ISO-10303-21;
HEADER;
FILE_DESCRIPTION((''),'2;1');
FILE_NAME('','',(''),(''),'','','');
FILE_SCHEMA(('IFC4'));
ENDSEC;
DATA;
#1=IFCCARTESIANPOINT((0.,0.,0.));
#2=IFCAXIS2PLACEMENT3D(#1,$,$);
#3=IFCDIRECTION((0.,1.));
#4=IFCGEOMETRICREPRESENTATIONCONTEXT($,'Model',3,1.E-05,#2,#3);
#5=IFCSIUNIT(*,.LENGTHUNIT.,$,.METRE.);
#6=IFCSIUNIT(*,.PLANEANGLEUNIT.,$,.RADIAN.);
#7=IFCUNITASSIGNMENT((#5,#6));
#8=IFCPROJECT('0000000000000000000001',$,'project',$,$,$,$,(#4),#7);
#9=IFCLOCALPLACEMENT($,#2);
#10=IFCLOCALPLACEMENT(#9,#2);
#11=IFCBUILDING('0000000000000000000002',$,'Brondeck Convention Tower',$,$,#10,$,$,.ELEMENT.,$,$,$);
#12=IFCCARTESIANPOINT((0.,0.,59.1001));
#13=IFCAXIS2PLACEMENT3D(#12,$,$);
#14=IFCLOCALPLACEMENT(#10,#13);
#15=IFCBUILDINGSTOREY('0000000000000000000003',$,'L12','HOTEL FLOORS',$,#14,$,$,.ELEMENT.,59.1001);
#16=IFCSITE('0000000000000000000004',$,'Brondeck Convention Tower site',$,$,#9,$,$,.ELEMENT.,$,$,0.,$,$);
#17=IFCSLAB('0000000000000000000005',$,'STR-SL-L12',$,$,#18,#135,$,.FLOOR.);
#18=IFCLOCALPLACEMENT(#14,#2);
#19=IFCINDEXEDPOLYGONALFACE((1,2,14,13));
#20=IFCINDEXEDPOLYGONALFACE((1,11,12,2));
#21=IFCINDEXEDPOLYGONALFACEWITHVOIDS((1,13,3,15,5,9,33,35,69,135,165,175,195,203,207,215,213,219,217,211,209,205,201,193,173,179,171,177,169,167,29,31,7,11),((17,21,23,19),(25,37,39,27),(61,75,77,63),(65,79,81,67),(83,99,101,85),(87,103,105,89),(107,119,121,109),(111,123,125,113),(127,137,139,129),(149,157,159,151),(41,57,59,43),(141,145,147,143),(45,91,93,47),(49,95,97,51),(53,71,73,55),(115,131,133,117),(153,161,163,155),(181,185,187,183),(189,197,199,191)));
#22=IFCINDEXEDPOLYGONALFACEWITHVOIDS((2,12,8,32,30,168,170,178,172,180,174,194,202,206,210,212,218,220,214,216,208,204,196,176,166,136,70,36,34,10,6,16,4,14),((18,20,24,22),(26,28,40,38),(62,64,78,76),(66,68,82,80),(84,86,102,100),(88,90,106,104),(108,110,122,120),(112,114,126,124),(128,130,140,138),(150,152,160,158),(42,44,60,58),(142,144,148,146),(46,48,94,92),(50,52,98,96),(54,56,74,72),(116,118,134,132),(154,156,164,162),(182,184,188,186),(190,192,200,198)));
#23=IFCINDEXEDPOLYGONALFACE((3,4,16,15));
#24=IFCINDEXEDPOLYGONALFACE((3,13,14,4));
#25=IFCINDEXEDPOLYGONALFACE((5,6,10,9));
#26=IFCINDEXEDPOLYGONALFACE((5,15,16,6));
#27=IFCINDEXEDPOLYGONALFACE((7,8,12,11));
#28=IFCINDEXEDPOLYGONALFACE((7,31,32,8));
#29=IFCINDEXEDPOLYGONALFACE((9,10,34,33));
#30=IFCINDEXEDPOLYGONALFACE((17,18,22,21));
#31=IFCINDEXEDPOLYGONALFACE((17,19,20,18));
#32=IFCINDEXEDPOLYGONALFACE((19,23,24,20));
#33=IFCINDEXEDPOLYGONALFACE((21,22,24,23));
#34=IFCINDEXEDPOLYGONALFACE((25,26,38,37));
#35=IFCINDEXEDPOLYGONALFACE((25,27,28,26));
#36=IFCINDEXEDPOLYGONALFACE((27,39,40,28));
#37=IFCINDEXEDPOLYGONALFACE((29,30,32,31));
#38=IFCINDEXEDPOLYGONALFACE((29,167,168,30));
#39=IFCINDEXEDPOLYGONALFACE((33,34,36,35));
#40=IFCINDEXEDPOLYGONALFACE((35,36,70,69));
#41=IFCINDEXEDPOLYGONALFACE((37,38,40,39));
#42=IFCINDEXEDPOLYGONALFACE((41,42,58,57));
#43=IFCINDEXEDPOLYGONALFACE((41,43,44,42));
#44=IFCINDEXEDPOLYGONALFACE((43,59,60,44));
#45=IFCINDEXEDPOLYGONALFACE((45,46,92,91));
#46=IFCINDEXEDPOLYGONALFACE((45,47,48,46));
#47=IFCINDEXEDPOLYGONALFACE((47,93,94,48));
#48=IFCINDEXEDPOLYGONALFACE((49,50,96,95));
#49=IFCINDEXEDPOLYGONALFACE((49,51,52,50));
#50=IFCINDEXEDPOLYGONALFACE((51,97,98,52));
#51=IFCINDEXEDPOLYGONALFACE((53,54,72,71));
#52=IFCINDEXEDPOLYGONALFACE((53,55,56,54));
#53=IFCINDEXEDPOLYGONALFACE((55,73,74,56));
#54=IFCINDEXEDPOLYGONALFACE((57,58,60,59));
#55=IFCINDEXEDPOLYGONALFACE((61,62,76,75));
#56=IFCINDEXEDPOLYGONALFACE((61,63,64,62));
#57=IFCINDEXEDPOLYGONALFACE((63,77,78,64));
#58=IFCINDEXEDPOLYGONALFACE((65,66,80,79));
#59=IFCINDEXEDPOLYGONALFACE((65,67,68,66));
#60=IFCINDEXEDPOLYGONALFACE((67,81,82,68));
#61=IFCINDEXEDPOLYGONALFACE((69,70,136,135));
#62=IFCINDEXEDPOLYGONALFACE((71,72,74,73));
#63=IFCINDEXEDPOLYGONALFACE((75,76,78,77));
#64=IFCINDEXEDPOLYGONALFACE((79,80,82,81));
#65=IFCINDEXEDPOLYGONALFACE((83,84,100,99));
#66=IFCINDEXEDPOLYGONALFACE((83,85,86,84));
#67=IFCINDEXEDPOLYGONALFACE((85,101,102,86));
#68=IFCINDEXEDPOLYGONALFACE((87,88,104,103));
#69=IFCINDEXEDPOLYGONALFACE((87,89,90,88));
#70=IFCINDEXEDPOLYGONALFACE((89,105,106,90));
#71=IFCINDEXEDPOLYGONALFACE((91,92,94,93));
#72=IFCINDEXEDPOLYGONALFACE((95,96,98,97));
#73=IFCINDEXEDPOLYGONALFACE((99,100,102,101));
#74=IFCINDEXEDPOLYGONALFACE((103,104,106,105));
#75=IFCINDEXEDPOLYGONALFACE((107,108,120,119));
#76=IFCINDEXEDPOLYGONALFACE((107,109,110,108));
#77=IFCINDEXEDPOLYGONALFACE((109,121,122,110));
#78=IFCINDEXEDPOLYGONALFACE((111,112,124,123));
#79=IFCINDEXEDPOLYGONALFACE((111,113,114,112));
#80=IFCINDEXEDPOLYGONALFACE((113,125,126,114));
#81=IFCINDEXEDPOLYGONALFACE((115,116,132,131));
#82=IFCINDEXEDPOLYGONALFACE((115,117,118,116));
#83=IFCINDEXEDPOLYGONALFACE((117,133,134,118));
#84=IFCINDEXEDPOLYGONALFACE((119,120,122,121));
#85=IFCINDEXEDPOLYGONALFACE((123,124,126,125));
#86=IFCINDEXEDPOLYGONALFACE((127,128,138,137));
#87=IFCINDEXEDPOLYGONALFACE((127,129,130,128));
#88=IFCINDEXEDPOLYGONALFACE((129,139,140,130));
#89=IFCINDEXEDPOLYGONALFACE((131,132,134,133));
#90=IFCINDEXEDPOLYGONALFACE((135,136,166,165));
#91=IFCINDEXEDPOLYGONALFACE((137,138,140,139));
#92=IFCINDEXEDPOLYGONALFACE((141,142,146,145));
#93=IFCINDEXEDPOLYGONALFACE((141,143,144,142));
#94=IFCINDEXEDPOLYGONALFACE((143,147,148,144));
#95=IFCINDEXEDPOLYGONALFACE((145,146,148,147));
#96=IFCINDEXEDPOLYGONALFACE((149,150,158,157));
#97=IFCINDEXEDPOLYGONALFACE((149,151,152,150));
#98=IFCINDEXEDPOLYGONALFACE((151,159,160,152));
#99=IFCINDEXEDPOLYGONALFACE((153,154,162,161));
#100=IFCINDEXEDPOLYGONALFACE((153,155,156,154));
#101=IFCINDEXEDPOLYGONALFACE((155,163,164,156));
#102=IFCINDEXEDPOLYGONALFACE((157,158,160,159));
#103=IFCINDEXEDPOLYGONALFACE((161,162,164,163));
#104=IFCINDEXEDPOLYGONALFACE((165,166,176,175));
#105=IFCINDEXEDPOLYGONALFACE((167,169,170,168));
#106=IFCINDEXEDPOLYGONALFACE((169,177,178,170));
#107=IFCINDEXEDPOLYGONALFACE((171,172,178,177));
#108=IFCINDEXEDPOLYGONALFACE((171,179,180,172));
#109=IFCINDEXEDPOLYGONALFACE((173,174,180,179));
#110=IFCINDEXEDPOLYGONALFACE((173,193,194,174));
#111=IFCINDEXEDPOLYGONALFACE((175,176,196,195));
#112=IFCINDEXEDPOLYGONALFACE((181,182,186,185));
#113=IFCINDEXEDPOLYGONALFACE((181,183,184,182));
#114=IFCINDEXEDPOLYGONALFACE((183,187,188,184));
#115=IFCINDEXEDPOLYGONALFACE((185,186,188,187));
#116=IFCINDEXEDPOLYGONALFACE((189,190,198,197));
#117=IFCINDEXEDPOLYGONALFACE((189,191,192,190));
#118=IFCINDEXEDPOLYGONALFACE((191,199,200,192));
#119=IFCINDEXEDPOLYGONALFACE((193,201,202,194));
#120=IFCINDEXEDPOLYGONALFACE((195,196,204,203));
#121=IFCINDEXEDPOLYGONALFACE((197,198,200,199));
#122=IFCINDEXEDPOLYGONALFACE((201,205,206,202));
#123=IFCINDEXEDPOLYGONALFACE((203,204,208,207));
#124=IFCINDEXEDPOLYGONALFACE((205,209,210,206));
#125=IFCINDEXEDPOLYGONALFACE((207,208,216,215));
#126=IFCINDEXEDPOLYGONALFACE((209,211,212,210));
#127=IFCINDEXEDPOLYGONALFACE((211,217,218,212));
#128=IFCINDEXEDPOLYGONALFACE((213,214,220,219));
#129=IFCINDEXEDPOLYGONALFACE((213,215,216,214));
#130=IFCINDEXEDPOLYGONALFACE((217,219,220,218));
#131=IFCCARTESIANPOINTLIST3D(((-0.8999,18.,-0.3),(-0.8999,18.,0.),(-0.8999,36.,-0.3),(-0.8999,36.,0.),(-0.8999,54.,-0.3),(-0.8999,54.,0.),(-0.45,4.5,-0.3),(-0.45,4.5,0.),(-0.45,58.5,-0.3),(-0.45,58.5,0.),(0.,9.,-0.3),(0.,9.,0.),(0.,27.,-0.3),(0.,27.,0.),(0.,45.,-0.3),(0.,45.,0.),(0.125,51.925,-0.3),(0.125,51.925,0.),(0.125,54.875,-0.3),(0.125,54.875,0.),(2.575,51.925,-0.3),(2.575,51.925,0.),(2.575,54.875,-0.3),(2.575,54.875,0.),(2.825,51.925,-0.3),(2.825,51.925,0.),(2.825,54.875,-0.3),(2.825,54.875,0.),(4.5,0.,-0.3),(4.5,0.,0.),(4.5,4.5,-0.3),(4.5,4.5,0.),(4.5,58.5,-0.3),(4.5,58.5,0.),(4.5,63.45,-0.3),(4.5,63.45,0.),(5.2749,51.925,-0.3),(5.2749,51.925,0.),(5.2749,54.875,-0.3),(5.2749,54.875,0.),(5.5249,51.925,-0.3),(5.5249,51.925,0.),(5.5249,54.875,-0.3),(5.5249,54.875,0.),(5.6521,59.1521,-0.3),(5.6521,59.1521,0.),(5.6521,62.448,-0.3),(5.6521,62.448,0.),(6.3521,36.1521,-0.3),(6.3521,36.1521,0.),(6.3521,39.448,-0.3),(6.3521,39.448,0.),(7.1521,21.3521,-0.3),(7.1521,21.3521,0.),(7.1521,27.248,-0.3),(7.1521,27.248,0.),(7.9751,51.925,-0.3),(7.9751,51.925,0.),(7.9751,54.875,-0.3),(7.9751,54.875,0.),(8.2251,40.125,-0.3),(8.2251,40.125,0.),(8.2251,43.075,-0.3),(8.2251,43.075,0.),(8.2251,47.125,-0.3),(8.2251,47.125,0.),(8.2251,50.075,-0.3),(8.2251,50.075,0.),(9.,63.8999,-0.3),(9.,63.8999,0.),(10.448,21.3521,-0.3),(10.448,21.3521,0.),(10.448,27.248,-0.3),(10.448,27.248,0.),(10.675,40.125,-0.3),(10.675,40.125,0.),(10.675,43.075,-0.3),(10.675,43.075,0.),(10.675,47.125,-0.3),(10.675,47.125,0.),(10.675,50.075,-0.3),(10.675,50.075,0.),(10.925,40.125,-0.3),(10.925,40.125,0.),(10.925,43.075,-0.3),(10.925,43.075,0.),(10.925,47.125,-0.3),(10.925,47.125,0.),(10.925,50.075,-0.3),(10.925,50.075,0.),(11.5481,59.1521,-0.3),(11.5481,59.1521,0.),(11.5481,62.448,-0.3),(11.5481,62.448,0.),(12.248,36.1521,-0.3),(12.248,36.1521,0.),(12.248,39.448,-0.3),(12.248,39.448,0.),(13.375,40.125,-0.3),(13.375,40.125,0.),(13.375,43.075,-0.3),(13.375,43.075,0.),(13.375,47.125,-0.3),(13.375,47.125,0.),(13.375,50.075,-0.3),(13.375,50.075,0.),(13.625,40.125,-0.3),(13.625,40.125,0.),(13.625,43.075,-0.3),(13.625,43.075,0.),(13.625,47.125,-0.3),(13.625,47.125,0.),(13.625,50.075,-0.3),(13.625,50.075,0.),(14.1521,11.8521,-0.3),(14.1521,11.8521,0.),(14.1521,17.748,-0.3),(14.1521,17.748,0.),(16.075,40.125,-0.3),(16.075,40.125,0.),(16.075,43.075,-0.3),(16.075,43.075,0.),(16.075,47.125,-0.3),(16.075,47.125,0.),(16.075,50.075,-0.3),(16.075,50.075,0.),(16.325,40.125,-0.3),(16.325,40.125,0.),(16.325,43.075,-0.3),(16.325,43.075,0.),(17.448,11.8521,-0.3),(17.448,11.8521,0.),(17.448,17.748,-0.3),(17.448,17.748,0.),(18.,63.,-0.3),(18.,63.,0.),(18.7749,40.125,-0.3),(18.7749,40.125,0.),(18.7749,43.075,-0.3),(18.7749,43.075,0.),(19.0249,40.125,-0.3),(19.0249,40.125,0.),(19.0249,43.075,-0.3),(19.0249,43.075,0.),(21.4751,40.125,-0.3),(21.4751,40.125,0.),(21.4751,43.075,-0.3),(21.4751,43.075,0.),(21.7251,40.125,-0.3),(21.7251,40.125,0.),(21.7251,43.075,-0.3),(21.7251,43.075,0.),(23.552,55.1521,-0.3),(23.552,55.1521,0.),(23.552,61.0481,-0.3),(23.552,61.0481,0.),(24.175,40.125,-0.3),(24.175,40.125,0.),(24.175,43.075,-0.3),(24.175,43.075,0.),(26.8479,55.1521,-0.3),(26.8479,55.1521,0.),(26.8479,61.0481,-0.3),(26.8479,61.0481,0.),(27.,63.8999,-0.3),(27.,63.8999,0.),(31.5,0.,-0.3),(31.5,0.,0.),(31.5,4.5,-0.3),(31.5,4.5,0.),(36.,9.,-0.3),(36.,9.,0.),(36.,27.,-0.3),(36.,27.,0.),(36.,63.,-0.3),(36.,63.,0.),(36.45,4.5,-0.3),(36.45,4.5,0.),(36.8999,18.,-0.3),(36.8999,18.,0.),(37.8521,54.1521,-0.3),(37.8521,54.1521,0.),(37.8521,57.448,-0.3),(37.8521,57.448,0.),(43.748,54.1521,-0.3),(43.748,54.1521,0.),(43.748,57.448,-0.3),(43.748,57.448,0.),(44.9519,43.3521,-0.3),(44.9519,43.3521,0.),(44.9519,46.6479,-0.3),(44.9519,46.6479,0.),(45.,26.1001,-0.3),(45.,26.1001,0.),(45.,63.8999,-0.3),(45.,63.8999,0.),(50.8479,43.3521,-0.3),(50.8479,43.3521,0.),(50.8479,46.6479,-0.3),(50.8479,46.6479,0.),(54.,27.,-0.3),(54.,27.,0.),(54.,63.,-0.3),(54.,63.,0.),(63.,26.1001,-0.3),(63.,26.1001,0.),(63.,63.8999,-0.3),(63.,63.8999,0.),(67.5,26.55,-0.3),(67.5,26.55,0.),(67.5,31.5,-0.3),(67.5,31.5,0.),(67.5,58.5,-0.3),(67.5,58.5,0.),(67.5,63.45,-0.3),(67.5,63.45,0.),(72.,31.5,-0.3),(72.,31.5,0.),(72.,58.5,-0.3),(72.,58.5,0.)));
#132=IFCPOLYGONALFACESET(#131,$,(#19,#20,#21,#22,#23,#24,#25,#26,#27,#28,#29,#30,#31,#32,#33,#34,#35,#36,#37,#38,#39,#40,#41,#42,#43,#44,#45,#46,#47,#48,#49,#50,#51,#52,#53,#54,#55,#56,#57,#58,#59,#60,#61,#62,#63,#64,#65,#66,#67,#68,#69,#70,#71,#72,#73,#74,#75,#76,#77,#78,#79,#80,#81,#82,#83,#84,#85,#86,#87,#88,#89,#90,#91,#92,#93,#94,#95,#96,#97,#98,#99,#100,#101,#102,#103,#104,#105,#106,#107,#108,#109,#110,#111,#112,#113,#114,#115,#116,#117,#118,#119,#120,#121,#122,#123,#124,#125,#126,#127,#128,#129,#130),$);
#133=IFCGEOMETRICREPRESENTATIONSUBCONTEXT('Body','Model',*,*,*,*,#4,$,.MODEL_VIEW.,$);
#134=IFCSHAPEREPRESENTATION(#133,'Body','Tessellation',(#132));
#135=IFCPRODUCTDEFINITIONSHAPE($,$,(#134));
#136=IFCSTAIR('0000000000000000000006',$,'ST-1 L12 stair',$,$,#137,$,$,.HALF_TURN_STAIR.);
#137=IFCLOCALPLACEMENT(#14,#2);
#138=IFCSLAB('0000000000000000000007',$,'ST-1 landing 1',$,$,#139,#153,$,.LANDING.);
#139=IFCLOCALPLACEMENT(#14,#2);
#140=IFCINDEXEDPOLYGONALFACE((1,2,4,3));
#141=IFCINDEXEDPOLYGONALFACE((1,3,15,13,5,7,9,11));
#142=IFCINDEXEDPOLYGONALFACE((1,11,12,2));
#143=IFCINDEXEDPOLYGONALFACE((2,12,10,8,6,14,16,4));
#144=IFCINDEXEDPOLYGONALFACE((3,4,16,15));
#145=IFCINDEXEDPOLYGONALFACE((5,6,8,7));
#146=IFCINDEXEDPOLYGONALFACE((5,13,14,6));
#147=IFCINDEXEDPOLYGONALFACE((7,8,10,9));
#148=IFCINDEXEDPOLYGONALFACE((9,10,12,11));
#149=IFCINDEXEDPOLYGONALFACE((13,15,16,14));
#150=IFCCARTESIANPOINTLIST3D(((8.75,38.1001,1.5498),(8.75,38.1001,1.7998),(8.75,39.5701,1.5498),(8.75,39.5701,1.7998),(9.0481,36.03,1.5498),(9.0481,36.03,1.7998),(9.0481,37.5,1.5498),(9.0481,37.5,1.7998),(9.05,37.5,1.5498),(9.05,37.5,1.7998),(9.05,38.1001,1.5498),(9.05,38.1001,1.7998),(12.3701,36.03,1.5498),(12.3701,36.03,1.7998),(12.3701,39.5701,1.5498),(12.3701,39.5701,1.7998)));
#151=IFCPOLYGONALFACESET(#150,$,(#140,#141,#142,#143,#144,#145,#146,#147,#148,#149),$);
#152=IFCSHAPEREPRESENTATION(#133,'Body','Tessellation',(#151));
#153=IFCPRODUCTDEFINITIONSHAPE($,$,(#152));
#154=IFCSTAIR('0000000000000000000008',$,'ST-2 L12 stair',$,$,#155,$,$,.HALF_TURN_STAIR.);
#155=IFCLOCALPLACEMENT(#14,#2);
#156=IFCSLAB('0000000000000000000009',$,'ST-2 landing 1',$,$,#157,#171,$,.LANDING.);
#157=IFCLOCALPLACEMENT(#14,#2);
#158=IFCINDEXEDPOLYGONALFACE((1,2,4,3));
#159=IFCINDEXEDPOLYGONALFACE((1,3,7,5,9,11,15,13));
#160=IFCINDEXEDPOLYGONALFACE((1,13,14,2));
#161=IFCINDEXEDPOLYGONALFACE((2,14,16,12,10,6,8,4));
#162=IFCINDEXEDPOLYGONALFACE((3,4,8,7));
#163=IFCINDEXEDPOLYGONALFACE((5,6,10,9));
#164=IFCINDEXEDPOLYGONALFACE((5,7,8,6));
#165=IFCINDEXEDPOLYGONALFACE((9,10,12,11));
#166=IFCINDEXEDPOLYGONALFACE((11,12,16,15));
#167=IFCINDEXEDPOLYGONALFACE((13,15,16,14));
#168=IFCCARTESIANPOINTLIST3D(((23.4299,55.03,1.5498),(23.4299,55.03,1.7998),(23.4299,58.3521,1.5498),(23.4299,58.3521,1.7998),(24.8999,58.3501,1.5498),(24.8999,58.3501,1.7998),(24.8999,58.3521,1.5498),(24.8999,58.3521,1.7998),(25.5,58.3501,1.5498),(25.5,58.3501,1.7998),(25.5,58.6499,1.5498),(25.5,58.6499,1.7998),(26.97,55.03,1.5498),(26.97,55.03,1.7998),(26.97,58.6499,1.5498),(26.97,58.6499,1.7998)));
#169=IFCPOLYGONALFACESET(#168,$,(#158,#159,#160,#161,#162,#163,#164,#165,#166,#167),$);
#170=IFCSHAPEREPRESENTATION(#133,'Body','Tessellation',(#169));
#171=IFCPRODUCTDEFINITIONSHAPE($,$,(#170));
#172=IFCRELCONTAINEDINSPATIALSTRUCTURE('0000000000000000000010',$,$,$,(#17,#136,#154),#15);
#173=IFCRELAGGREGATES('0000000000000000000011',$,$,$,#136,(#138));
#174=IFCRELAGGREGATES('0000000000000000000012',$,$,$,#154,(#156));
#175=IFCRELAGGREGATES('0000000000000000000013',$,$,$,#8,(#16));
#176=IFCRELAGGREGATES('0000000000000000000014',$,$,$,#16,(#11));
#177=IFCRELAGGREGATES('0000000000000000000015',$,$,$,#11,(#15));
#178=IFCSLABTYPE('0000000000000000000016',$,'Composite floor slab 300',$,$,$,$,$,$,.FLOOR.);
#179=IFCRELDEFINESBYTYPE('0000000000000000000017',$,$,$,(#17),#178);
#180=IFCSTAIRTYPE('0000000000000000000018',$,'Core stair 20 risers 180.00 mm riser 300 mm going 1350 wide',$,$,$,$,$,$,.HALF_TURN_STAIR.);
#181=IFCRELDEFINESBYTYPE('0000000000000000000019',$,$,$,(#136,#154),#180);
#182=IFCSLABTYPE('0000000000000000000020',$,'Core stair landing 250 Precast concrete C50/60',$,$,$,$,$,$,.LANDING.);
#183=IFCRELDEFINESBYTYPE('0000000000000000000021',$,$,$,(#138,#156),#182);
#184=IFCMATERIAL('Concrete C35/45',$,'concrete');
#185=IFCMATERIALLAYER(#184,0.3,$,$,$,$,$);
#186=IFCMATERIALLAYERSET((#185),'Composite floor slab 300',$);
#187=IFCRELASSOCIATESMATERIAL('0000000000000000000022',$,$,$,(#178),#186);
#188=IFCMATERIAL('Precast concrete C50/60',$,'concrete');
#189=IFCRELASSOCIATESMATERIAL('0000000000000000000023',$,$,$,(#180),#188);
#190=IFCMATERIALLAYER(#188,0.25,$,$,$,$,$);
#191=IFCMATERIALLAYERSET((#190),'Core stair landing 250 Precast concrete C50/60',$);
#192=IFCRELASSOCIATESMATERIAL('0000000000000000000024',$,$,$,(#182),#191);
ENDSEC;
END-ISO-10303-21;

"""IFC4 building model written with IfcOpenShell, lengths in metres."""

from ifc_helpers import new_model, si_unit, direction, frame, origin, place, context, subcontext, project, spatial, polyline, outline, extrude, material, layer, layer_set, type_object, element, aggregate, save


model = new_model("IFC4")

# Units and contexts
model_context = context("Model", 3, precision=1e-05, world=origin(), true_north=direction((0.0, 1.0)))
body_context = subcontext(model_context, "Body", "Model", "MODEL_VIEW")
ifc_project = project(units=[si_unit("LENGTHUNIT", "METRE"), si_unit("PLANEANGLEUNIT", "RADIAN")], contexts=[model_context])

# Site, building, storey
site_placement = place(None, origin())
site = spatial("IfcSite", under=ifc_project, at=site_placement, Name="Brondeck Convention Tower site", CompositionType="ELEMENT", RefElevation=0.0)
building_placement = place(site_placement, origin())
building = spatial("IfcBuilding", under=site, at=building_placement, Name="Brondeck Convention Tower", CompositionType="ELEMENT")
storey_placement = place(building_placement, frame((0.0, 0.0, 59.1001)))
storey = spatial("IfcBuildingStorey", under=building, at=storey_placement, Name="L12", Description="HOTEL FLOORS", CompositionType="ELEMENT", Elevation=59.1001)

# Slab
ifc_material_1 = material(Name="Concrete C35/45", Category="concrete")
ifc_layer_1 = layer(ifc_material_1, 0.3)
ifc_layer_set_1 = layer_set([ifc_layer_1], Name="Composite floor slab 300")
slab_type_1 = type_object("IfcSlabType", Name="Composite floor slab 300", PredefinedType="FLOOR", material=ifc_layer_set_1)
slab_1_placement = place(storey_placement, frame((0.0, 0.0, -0.3)))
element("IfcSlab", 1, at=slab_1_placement, inside=storey, type_object=slab_type_1, Name="STR-SL-L12", PredefinedType="FLOOR", context=body_context, shape_type="SweptSolid", body=[
    extrude(outline(polyline([(4.5, 4.5), (-0.45, 4.5), (0.0, 9.0), (-0.8999, 18.0), (0.0, 27.0), (-0.8999, 36.0), (0.0, 45.0), (-0.8999, 54.0), (-0.45, 58.5), (4.5, 58.5), (4.5, 63.45), (9.0, 63.8999), (18.0, 63.0), (27.0, 63.8999), (36.0, 63.0), (45.0, 63.8999), (54.0, 63.0), (63.0, 63.8999), (67.5, 63.45), (67.5, 58.5), (72.0, 58.5), (72.0, 31.5), (67.5, 31.5), (67.5, 26.55), (63.0, 26.1001), (54.0, 27.0), (45.0, 26.1001), (36.0, 27.0), (36.8999, 18.0), (36.0, 9.0), (36.45, 4.5), (31.5, 4.5), (31.5, 0.0), (4.5, 0.0), (4.5, 4.5)]), holes=[polyline([(10.448, 27.248), (7.1521, 27.248), (7.1521, 21.3521), (10.448, 21.3521), (10.448, 27.248)]), polyline([(12.248, 36.1521), (12.248, 39.448), (6.3521, 39.448), (6.3521, 36.1521), (12.248, 36.1521)]), polyline([(10.675, 40.125), (10.675, 43.075), (8.2251, 43.075), (8.2251, 40.125), (10.675, 40.125)]), polyline([(13.375, 40.125), (13.375, 43.075), (10.925, 43.075), (10.925, 40.125), (13.375, 40.125)]), polyline([(10.675, 47.125), (10.675, 50.075), (8.2251, 50.075), (8.2251, 47.125), (10.675, 47.125)]), polyline([(13.375, 47.125), (13.375, 50.075), (10.925, 50.075), (10.925, 47.125), (13.375, 47.125)]), polyline([(2.575, 51.925), (2.575, 54.875), (0.125, 54.875), (0.125, 51.925), (2.575, 51.925)]), polyline([(2.825, 51.925), (5.2749, 51.925), (5.2749, 54.875), (2.825, 54.875), (2.825, 51.925)]), polyline([(5.5249, 51.925), (7.9751, 51.925), (7.9751, 54.875), (5.5249, 54.875), (5.5249, 51.925)]), polyline([(5.6521, 62.448), (5.6521, 59.1521), (11.5481, 59.1521), (11.5481, 62.448), (5.6521, 62.448)]), polyline([(17.448, 17.748), (14.1521, 17.748), (14.1521, 11.8521), (17.448, 11.8521), (17.448, 17.748)]), polyline([(16.075, 40.125), (16.075, 43.075), (13.625, 43.075), (13.625, 40.125), (16.075, 40.125)]), polyline([(16.325, 40.125), (18.7749, 40.125), (18.7749, 43.075), (16.325, 43.075), (16.325, 40.125)]), polyline([(19.0249, 40.125), (21.4751, 40.125), (21.4751, 43.075), (19.0249, 43.075), (19.0249, 40.125)]), polyline([(24.175, 40.125), (24.175, 43.075), (21.7251, 43.075), (21.7251, 40.125), (24.175, 40.125)]), polyline([(50.8479, 43.3521), (50.8479, 46.6479), (44.9519, 46.6479), (44.9519, 43.3521), (50.8479, 43.3521)]), polyline([(16.075, 47.125), (16.075, 50.075), (13.625, 50.075), (13.625, 47.125), (16.075, 47.125)]), polyline([(37.8521, 54.1521), (43.748, 54.1521), (43.748, 57.448), (37.8521, 57.448), (37.8521, 54.1521)]), polyline([(23.552, 61.0481), (23.552, 55.1521), (26.8479, 55.1521), (26.8479, 61.0481), (23.552, 61.0481)])]), origin(), (0.0, 0.0, 1.0), 0.3),
])

# Stairs, slabs
ifc_material_2 = material(Name="Precast concrete C50/60", Category="concrete")
stair_type = type_object("IfcStairType", Name="Core stair 20 risers 180.00 mm riser 300 mm going 1350 wide", PredefinedType="HALF_TURN_STAIR", material=ifc_material_2)
stair_1_placement = place(storey_placement, origin())
stair_1 = element("IfcStair", 2, at=stair_1_placement, inside=storey, type_object=stair_type, Name="ST-1 L12 stair", PredefinedType="HALF_TURN_STAIR")
ifc_layer_2 = layer(ifc_material_2, 0.25)
ifc_layer_set_2 = layer_set([ifc_layer_2], Name="Core stair landing 250 Precast concrete C50/60")
slab_type_2 = type_object("IfcSlabType", Name="Core stair landing 250 Precast concrete C50/60", PredefinedType="LANDING", material=ifc_layer_set_2)
slab_2_placement = place(storey_placement, frame((0.0, 0.0, 1.5498)))
slab_2 = element("IfcSlab", 3, at=slab_2_placement, type_object=slab_type_2, Name="ST-1 landing 1", PredefinedType="LANDING", context=body_context, shape_type="SweptSolid", body=[
    extrude(outline(polyline([(9.0481, 37.5), (9.05, 37.5), (9.05, 38.1001), (8.75, 38.1001), (8.75, 39.5701), (12.3701, 39.5701), (12.3701, 36.03), (9.0481, 36.03), (9.0481, 37.5)])), origin(), (0.0, 0.0, 1.0), 0.25),
])
aggregate(stair_1, [slab_2])
stair_2_placement = place(storey_placement, origin())
stair_2 = element("IfcStair", 4, at=stair_2_placement, inside=storey, type_object=stair_type, Name="ST-2 L12 stair", PredefinedType="HALF_TURN_STAIR")
slab_3_placement = place(storey_placement, frame((0.0, 0.0, 1.5498)))
slab_3 = element("IfcSlab", 5, at=slab_3_placement, type_object=slab_type_2, Name="ST-2 landing 1", PredefinedType="LANDING", context=body_context, shape_type="SweptSolid", body=[
    extrude(outline(polyline([(23.4299, 58.3521), (24.8999, 58.3521), (24.8999, 58.3501), (25.5, 58.3501), (25.5, 58.6499), (26.97, 58.6499), (26.97, 55.03), (23.4299, 55.03), (23.4299, 58.3521)])), origin(), (0.0, 0.0, 1.0), 0.25),
])
aggregate(stair_2, [slab_3])

save(model, "model.ifc")
